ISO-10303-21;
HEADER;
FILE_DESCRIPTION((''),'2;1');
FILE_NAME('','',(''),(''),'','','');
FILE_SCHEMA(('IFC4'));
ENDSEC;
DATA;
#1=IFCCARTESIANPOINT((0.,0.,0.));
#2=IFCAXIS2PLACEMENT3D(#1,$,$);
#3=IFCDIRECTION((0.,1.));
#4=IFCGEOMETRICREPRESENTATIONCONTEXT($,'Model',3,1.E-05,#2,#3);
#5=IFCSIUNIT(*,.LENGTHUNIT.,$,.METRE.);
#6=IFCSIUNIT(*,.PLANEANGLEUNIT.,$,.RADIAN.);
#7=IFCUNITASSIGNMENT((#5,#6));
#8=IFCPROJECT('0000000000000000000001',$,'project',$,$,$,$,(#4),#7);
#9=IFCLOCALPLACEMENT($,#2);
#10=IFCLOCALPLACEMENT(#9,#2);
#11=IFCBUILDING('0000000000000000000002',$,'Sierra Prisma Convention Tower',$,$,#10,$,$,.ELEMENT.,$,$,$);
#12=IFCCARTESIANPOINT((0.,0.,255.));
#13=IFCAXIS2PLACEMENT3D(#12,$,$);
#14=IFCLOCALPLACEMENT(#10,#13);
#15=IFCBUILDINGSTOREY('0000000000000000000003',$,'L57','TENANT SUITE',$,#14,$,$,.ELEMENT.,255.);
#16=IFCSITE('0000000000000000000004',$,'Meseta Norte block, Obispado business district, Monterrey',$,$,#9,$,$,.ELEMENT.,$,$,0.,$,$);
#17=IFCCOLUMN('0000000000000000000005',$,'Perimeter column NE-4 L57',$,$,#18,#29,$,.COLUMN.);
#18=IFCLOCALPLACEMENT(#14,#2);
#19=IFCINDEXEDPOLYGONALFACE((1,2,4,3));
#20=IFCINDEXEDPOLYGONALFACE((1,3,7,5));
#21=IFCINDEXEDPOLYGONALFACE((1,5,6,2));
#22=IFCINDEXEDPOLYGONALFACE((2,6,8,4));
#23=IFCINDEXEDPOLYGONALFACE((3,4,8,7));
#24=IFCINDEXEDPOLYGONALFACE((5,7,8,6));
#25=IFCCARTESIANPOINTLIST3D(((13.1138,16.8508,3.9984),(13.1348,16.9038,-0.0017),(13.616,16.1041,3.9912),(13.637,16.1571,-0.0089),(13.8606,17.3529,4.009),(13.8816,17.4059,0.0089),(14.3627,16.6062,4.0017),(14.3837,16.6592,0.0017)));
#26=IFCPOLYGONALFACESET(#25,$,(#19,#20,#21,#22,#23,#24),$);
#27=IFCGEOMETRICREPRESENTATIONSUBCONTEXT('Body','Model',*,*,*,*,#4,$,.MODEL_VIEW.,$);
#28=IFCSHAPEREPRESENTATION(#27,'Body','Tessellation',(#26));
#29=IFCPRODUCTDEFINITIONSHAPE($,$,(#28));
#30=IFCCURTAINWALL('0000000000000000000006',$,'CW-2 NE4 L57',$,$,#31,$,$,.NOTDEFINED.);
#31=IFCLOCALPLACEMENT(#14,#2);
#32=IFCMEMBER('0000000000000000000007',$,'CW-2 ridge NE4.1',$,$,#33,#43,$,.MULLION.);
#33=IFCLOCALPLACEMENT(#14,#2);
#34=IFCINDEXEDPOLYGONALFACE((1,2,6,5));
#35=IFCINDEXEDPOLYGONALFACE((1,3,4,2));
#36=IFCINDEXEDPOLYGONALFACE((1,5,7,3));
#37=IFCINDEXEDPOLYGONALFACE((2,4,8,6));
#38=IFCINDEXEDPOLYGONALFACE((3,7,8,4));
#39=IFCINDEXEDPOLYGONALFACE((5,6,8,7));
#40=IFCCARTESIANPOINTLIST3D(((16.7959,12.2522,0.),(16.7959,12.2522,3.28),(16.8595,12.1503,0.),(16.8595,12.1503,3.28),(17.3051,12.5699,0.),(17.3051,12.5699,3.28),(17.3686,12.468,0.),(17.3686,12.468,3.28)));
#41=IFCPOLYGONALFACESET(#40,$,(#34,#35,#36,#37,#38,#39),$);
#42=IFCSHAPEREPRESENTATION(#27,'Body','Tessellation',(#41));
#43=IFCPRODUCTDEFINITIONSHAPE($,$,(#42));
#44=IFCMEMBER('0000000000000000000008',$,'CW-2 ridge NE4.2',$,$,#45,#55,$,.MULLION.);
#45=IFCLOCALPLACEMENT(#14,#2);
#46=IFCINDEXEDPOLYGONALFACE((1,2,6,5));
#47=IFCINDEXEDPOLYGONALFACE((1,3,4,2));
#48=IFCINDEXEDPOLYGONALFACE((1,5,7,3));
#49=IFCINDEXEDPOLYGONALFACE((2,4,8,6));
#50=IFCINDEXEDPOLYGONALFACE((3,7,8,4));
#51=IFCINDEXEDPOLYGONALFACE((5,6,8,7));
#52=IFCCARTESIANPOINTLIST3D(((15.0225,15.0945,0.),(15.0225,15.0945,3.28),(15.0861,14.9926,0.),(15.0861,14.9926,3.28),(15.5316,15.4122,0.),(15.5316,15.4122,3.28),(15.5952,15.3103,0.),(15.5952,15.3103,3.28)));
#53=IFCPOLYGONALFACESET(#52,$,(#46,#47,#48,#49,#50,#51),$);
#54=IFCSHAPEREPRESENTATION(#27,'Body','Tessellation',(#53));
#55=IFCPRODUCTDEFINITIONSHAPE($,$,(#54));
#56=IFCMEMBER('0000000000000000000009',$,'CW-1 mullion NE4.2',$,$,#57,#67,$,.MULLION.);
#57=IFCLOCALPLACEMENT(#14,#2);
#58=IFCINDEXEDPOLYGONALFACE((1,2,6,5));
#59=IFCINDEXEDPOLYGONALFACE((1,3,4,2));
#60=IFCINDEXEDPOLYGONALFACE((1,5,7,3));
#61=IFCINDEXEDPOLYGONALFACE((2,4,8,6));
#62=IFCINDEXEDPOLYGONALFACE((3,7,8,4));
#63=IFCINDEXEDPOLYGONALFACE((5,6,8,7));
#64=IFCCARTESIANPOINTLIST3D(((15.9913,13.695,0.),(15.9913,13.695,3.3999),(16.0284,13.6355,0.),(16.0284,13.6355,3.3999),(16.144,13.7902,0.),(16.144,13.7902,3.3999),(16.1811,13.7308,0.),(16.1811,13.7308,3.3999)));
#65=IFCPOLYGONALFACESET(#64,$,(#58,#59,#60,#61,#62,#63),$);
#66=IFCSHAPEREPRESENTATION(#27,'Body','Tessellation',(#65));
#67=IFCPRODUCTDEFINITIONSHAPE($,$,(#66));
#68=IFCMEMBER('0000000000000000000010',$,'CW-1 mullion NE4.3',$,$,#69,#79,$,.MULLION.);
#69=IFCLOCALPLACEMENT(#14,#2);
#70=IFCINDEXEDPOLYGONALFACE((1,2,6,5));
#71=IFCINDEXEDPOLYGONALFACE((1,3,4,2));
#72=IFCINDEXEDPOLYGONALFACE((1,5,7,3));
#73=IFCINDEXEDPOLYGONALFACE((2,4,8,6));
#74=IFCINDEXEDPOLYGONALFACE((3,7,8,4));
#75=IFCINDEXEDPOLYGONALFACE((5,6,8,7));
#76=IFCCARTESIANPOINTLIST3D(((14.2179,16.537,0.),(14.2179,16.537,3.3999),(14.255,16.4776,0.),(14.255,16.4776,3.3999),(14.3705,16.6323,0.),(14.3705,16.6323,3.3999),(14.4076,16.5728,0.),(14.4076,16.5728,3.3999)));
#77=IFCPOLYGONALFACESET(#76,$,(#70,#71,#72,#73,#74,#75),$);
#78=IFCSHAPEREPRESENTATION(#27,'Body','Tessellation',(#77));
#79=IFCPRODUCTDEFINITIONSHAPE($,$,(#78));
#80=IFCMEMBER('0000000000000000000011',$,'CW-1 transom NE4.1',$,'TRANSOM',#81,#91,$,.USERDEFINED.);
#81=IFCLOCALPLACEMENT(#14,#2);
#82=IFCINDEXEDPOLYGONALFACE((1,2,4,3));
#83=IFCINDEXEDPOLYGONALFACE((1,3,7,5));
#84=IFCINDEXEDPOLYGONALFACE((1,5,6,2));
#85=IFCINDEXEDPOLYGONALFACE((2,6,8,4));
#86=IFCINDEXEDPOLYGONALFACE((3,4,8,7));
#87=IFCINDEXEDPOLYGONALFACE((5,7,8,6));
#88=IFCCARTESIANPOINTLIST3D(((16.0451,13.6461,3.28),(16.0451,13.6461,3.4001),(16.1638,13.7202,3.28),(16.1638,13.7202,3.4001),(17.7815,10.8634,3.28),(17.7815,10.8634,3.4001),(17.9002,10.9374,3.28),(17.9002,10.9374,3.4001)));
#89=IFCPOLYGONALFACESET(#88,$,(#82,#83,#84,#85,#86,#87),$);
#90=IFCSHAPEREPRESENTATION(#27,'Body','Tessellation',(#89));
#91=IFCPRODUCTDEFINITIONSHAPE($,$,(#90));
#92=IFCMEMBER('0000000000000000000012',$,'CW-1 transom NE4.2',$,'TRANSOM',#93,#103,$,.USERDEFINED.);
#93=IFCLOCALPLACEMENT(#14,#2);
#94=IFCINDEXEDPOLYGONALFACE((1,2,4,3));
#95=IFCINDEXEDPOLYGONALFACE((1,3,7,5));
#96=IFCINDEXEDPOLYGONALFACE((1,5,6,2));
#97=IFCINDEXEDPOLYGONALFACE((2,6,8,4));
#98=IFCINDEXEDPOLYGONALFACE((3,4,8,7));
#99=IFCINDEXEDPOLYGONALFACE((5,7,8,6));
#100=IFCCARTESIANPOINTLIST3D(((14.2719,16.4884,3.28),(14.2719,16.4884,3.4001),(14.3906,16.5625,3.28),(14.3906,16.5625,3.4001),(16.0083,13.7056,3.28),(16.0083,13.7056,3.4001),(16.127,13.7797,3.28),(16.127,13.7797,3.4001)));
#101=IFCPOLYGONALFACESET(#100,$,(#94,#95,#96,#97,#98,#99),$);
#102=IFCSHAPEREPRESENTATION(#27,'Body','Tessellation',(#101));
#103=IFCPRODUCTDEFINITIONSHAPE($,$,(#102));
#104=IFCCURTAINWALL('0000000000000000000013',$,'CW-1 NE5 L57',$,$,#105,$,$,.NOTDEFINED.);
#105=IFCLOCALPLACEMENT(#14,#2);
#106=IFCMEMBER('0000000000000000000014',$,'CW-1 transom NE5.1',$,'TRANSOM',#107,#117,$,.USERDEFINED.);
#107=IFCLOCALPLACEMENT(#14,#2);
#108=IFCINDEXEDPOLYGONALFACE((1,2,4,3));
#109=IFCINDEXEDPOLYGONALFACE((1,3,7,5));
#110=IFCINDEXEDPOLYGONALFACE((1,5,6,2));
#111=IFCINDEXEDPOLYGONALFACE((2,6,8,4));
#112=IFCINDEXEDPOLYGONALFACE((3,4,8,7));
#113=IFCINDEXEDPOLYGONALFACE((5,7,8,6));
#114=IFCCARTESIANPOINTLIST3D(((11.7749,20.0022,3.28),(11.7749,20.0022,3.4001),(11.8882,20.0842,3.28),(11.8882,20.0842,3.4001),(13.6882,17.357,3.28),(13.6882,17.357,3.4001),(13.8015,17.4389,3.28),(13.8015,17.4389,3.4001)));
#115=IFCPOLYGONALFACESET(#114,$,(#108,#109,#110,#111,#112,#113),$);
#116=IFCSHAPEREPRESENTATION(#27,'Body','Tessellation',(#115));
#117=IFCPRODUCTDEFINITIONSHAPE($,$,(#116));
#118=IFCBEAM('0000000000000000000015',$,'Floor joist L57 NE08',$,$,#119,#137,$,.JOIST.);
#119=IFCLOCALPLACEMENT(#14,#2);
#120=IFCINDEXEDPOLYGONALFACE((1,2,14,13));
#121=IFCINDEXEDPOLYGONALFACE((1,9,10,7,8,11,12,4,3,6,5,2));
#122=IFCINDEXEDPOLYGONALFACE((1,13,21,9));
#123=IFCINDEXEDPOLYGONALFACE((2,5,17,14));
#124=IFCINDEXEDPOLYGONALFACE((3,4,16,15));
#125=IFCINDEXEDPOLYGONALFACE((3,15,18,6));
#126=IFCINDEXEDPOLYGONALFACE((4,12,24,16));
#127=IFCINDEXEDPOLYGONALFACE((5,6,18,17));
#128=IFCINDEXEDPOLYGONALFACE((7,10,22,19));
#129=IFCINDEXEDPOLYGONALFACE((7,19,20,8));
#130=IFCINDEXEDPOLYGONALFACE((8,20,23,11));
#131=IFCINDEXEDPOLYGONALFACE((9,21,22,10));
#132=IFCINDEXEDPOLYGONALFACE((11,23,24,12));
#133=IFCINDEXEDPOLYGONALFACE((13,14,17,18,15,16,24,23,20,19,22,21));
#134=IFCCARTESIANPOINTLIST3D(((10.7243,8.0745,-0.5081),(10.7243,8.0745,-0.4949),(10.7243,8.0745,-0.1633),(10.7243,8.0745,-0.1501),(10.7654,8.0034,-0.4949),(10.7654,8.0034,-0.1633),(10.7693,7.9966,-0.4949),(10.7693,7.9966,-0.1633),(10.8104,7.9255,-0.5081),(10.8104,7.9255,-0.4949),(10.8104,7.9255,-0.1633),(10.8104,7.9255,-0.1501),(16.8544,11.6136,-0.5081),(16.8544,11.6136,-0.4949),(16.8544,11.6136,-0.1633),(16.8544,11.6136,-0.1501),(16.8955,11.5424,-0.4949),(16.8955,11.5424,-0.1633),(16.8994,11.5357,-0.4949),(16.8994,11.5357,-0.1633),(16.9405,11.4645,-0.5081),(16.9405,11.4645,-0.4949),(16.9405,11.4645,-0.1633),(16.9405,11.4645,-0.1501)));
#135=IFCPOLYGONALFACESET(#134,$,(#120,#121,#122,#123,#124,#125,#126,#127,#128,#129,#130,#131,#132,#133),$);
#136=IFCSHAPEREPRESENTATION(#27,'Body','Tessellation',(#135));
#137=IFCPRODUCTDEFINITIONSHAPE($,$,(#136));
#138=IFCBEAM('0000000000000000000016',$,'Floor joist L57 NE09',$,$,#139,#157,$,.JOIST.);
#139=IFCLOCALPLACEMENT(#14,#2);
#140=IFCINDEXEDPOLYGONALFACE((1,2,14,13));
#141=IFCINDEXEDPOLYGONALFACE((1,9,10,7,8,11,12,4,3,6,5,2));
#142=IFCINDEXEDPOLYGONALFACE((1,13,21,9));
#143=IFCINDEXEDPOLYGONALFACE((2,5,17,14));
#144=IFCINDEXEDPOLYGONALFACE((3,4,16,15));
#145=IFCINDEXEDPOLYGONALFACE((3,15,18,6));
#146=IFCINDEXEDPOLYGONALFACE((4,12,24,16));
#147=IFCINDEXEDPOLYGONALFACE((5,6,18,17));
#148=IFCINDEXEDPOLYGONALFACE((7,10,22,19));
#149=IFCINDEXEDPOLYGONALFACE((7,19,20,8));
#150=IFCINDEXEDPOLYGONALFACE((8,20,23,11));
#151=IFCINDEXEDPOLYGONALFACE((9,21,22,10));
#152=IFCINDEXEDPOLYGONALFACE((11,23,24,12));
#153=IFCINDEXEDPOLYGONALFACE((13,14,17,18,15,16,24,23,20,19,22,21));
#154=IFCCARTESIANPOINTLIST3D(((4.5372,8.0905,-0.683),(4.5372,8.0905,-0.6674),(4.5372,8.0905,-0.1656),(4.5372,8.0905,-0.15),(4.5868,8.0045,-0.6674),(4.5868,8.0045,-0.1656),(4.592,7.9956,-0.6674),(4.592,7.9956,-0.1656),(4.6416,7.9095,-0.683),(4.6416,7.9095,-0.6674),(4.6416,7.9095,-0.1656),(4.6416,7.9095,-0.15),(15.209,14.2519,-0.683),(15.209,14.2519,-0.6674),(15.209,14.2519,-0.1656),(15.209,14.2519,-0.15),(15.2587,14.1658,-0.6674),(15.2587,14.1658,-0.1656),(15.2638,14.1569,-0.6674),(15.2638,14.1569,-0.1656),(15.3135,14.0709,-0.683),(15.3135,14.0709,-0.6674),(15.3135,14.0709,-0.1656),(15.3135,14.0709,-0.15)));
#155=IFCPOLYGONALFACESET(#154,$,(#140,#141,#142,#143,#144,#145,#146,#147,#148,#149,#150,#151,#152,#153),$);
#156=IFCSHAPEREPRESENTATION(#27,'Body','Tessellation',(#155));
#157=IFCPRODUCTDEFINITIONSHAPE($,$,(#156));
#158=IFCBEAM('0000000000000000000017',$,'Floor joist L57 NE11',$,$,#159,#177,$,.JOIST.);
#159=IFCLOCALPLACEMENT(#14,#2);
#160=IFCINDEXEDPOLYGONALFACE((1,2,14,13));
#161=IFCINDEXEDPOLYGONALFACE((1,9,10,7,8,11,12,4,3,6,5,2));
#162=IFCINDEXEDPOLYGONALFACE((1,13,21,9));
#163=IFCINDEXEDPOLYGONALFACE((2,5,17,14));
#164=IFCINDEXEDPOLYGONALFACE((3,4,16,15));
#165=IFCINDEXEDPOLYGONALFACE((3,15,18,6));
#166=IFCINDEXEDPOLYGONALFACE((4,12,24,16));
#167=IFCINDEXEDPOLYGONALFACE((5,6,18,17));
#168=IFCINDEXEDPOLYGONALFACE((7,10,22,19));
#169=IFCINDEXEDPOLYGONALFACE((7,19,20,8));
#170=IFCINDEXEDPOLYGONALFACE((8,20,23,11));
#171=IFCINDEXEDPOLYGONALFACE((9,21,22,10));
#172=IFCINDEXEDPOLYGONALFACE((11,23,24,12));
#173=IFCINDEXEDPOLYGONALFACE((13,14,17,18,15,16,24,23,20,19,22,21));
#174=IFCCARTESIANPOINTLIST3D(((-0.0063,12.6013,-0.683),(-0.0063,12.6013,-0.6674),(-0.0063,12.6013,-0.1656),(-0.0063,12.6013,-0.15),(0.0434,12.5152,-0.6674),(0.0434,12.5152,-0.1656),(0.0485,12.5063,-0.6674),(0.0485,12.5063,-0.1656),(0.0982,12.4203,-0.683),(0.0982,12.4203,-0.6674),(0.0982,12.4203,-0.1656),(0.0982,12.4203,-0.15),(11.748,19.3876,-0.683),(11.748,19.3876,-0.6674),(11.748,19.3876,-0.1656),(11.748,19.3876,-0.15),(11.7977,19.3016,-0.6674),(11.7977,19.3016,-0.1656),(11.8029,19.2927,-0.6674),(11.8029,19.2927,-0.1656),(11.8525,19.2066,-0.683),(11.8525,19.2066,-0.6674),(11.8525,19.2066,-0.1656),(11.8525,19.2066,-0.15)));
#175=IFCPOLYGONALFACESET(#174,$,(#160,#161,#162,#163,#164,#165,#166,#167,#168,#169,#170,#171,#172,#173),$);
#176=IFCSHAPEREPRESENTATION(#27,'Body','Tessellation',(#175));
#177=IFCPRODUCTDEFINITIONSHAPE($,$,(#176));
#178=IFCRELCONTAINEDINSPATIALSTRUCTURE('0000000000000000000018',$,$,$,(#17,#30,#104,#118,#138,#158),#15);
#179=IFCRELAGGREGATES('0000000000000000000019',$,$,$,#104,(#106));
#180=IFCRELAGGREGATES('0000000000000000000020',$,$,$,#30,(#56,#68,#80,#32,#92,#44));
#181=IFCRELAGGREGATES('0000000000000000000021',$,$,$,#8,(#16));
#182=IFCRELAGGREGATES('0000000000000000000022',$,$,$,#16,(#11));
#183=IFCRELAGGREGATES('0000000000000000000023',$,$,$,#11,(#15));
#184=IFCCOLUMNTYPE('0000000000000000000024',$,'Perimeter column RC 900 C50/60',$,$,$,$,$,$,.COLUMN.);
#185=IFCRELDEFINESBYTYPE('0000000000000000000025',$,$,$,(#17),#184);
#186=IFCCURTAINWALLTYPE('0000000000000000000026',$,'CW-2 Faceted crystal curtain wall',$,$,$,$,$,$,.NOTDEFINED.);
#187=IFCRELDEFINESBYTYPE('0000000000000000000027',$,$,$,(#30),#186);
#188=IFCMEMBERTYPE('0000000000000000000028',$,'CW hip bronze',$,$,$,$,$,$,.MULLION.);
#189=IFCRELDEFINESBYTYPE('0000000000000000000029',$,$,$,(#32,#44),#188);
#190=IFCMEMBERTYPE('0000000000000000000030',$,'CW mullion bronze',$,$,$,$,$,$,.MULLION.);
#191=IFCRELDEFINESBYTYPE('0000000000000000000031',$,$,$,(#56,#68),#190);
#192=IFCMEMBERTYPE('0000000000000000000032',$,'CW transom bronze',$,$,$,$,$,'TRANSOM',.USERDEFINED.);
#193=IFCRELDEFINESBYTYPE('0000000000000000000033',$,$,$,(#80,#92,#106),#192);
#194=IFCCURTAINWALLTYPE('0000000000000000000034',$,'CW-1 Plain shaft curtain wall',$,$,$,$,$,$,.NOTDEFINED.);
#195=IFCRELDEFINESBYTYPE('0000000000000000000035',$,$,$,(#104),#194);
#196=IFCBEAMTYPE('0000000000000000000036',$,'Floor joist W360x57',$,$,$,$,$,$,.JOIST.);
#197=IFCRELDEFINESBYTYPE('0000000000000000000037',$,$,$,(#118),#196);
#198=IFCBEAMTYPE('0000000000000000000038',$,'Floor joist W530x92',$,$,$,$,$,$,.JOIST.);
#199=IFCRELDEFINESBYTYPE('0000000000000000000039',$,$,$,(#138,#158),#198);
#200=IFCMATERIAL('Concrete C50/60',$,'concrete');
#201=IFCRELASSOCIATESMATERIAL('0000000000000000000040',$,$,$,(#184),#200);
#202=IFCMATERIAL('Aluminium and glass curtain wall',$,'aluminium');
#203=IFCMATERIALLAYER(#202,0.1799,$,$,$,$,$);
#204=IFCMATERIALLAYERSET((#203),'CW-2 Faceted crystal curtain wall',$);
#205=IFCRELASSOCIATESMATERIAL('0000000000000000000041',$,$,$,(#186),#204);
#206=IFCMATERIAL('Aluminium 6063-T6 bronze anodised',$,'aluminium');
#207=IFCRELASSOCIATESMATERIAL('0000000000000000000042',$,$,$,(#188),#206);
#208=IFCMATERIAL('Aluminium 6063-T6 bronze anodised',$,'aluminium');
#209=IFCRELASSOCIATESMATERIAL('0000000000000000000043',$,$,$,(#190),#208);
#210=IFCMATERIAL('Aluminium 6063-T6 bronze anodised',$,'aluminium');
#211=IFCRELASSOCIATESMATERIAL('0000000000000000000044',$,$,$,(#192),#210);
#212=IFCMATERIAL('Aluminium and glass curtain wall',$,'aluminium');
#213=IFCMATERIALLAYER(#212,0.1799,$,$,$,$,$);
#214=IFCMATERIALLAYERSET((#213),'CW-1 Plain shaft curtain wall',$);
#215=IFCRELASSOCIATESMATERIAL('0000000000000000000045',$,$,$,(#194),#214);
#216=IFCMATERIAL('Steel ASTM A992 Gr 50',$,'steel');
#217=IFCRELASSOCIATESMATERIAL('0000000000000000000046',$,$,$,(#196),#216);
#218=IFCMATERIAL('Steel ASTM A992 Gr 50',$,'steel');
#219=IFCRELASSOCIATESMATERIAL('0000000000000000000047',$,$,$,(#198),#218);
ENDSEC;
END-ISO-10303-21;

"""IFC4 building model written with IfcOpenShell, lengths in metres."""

from ifc_helpers import new_model, si_unit, direction, frame, origin, origin_2d, place, context, subcontext, project, spatial, rectangle, i_section, extrude, material, layer, layer_set, material_profile, profile_set, type_object, element, aggregate, save


model = new_model("IFC4")

# Units and contexts
model_context = context("Model", 3, precision=1e-05, world=origin(), true_north=direction((0.0, 1.0)))
body_context = subcontext(model_context, "Body", "Model", "MODEL_VIEW")
ifc_project = project(units=[si_unit("LENGTHUNIT", "METRE"), si_unit("PLANEANGLEUNIT", "RADIAN")], contexts=[model_context])

# Site, building, storey
site_placement = place(None, origin())
site = spatial("IfcSite", under=ifc_project, at=site_placement, Name="Meseta Norte block, Obispado business district, Monterrey", CompositionType="ELEMENT", RefElevation=0.0)
building_placement = place(site_placement, origin())
building = spatial("IfcBuilding", under=site, at=building_placement, Name="Sierra Prisma Convention Tower", CompositionType="ELEMENT")
storey_placement = place(building_placement, frame((0.0, 0.0, 255.0)))
storey = spatial("IfcBuildingStorey", under=building, at=storey_placement, Name="L57", Description="TENANT SUITE", CompositionType="ELEMENT", Elevation=255.0)

# Column
ifc_material_1 = material(Name="Concrete C50/60", Category="concrete")
ifc_material_profile_1 = material_profile(ifc_material_1, rectangle(XDim=0.8999, YDim=0.8999, at=origin_2d()), Name="Perimeter column RC 900 C50/60")
ifc_profile_set_1 = profile_set([ifc_material_profile_1], Name="Concrete C50/60")
column_type = type_object("IfcColumnType", Name="Perimeter column RC 900 C50/60", PredefinedType="COLUMN", material=ifc_profile_set_1)
column_placement = place(storey_placement, frame((13.7593, 16.7815, 0.0), z_axis=(-0.005248, -0.013243, 0.999899), x_axis=(-0.558036, 0.829778, 0.008061)))
element("IfcColumn", 1, at=column_placement, inside=storey, type_object=column_type, Name="Perimeter column NE-4 L57", PredefinedType="COLUMN", context=body_context, shape_type="SweptSolid", body=[
    extrude(rectangle(XDim=0.8999, YDim=0.8999, at=origin_2d()), origin(), (0.0, 0.0, 1.0), 4.0005),
])

# Curtain wall, members
ifc_material_2 = material(Name="Aluminium and glass curtain wall", Category="aluminium")
ifc_layer_1 = layer(ifc_material_2, 0.1799)
ifc_layer_set_1 = layer_set([ifc_layer_1], Name="CW-2 Faceted crystal curtain wall")
curtain_wall_type_1 = type_object("IfcCurtainWallType", Name="CW-2 Faceted crystal curtain wall", PredefinedType="NOTDEFINED", material=ifc_layer_set_1)
curtain_wall_1_placement = place(storey_placement, origin())
curtain_wall_1 = element("IfcCurtainWall", 2, at=curtain_wall_1_placement, inside=storey, type_object=curtain_wall_type_1, Name="CW-2 NE4 L57", PredefinedType="NOTDEFINED")
ifc_material_3 = material(Name="Aluminium 6063-T6 bronze anodised", Category="aluminium")
ifc_material_profile_2 = material_profile(ifc_material_3, rectangle(XDim=0.1201, YDim=0.6001, at=origin_2d()), Name="ALU RIDGE BLADE 120x600")
ifc_profile_set_2 = profile_set([ifc_material_profile_2], Name="Aluminium 6063-T6 bronze anodised")
member_type_1 = type_object("IfcMemberType", Name="CW hip bronze", PredefinedType="MULLION", material=ifc_profile_set_2)
member_1_placement = place(storey_placement, frame((17.0823, 12.3601, 0.0), z_axis=(0.0, 0.0, 1.0), x_axis=(-0.529331, 0.848415, 0.0)))
member_1 = element("IfcMember", 3, at=member_1_placement, type_object=member_type_1, Name="CW-2 ridge NE4.1", PredefinedType="MULLION", context=body_context, shape_type="SweptSolid", body=[
    extrude(rectangle(XDim=0.1201, YDim=0.6001, at=origin_2d()), origin(), (0.0, 0.0, 1.0), 3.28),
])
member_2_placement = place(storey_placement, frame((15.3088, 15.2024, 0.0), z_axis=(0.0, 0.0, 1.0), x_axis=(-0.529331, 0.848415, 0.0)))
member_2 = element("IfcMember", 4, at=member_2_placement, type_object=member_type_1, Name="CW-2 ridge NE4.2", PredefinedType="MULLION", context=body_context, shape_type="SweptSolid", body=[
    extrude(rectangle(XDim=0.1201, YDim=0.6001, at=origin_2d()), origin(), (0.0, 0.0, 1.0), 3.28),
])
ifc_material_4 = material(Name="Aluminium 6063-T6 bronze anodised", Category="aluminium")
ifc_material_profile_3 = material_profile(ifc_material_4, rectangle(XDim=0.1799, YDim=0.0701, at=origin_2d()), Name="ALU MULLION 70x180")
ifc_profile_set_3 = profile_set([ifc_material_profile_3], Name="Aluminium 6063-T6 bronze anodised")
member_type_2 = type_object("IfcMemberType", Name="CW mullion bronze", PredefinedType="MULLION", material=ifc_profile_set_3)
member_3_placement = place(storey_placement, frame((16.0862, 13.7129, 0.0), z_axis=(0.0, 0.0, 1.0), x_axis=(-0.848415, -0.529331, 0.0)))
member_3 = element("IfcMember", 5, at=member_3_placement, type_object=member_type_2, Name="CW-1 mullion NE4.2", PredefinedType="MULLION", context=body_context, shape_type="SweptSolid", body=[
    extrude(rectangle(XDim=0.1799, YDim=0.0701, at=origin_2d()), origin(), (0.0, 0.0, 1.0), 3.3999),
])
member_4_placement = place(storey_placement, frame((14.3127, 16.5549, 0.0), z_axis=(0.0, 0.0, 1.0), x_axis=(-0.848415, -0.529331, 0.0)))
member_4 = element("IfcMember", 6, at=member_4_placement, type_object=member_type_2, Name="CW-1 mullion NE4.3", PredefinedType="MULLION", context=body_context, shape_type="SweptSolid", body=[
    extrude(rectangle(XDim=0.1799, YDim=0.0701, at=origin_2d()), origin(), (0.0, 0.0, 1.0), 3.3999),
])
ifc_material_5 = material(Name="Aluminium 6063-T6 bronze anodised", Category="aluminium")
ifc_material_profile_4 = material_profile(ifc_material_5, rectangle(XDim=0.1399, YDim=0.1201, at=origin_2d()), Name="ALU TRANSOM 120x140")
ifc_profile_set_4 = profile_set([ifc_material_profile_4], Name="Aluminium 6063-T6 bronze anodised")
member_type_3 = type_object("IfcMemberType", Name="CW transom bronze", ElementType="TRANSOM", PredefinedType="USERDEFINED", material=ifc_profile_set_4)
member_5_placement = place(storey_placement, frame((17.8408, 10.9004, 3.3401), z_axis=(-0.52937, 0.848391, 0.0), x_axis=(-0.848391, -0.52937, 0.0)))
member_5 = element("IfcMember", 7, at=member_5_placement, type_object=member_type_3, Name="CW-1 transom NE4.1", ObjectType="TRANSOM", PredefinedType="USERDEFINED", context=body_context, shape_type="SweptSolid", body=[
    extrude(rectangle(XDim=0.1399, YDim=0.1201, at=origin_2d()), origin(), (0.0, 0.0, 1.0), 3.28),
])
member_6_placement = place(storey_placement, frame((16.0676, 13.7427, 3.3401), z_axis=(-0.52937, 0.848391, 0.0), x_axis=(-0.848391, -0.52937, 0.0)))
member_6 = element("IfcMember", 8, at=member_6_placement, type_object=member_type_3, Name="CW-1 transom NE4.2", ObjectType="TRANSOM", PredefinedType="USERDEFINED", context=body_context, shape_type="SweptSolid", body=[
    extrude(rectangle(XDim=0.1399, YDim=0.1201, at=origin_2d()), origin(), (0.0, 0.0, 1.0), 3.28),
])

# Curtain wall, member
ifc_material_6 = material(Name="Aluminium and glass curtain wall", Category="aluminium")
ifc_layer_2 = layer(ifc_material_6, 0.1799)
ifc_layer_set_2 = layer_set([ifc_layer_2], Name="CW-1 Plain shaft curtain wall")
curtain_wall_type_2 = type_object("IfcCurtainWallType", Name="CW-1 Plain shaft curtain wall", PredefinedType="NOTDEFINED", material=ifc_layer_set_2)
curtain_wall_2_placement = place(storey_placement, origin())
curtain_wall_2 = element("IfcCurtainWall", 9, at=curtain_wall_2_placement, inside=storey, type_object=curtain_wall_type_2, Name="CW-1 NE5 L57", PredefinedType="NOTDEFINED")
member_7_placement = place(storey_placement, frame((13.7449, 17.3979, 3.3401), z_axis=(-0.586067, 0.810263, 0.0), x_axis=(-0.810263, -0.586067, 0.0)))
member_7 = element("IfcMember", 10, at=member_7_placement, type_object=member_type_3, Name="CW-1 transom NE5.1", ObjectType="TRANSOM", PredefinedType="USERDEFINED", context=body_context, shape_type="SweptSolid", body=[
    extrude(rectangle(XDim=0.1399, YDim=0.1201, at=origin_2d()), origin(), (0.0, 0.0, 1.0), 3.2646),
])

# Beams
ifc_material_7 = material(Name="Steel ASTM A992 Gr 50", Category="steel")
ifc_material_profile_5 = material_profile(ifc_material_7, i_section(OverallWidth=0.1721, OverallDepth=0.3579, WebThickness=0.0078, FlangeThickness=0.0132, at=origin_2d()), Name="W360x57")
ifc_profile_set_5 = profile_set([ifc_material_profile_5], Name="Steel ASTM A992 Gr 50")
beam_type_1 = type_object("IfcBeamType", Name="Floor joist W360x57", PredefinedType="JOIST", material=ifc_profile_set_5)
beam_1_placement = place(storey_placement, frame((16.8975, 11.5391, -0.3291), z_axis=(-0.866036, -0.499982, 0.0), x_axis=(0.499982, -0.866036, 0.0)))
element("IfcBeam", 11, at=beam_1_placement, inside=storey, type_object=beam_type_1, Name="Floor joist L57 NE08", PredefinedType="JOIST", context=body_context, shape_type="SweptSolid", body=[
    extrude(i_section(OverallWidth=0.1721, OverallDepth=0.3579, WebThickness=0.0078, FlangeThickness=0.0132, at=origin_2d()), origin(), (0.0, 0.0, 1.0), 7.0784),
])
ifc_material_8 = material(Name="Steel ASTM A992 Gr 50", Category="steel")
ifc_material_profile_6 = material_profile(ifc_material_8, i_section(OverallWidth=0.209, OverallDepth=0.533, WebThickness=0.0103, FlangeThickness=0.0156, at=origin_2d()), Name="W530x92")
ifc_profile_set_6 = profile_set([ifc_material_profile_6], Name="Steel ASTM A992 Gr 50")
beam_type_2 = type_object("IfcBeamType", Name="Floor joist W530x92", PredefinedType="JOIST", material=ifc_profile_set_6)
beam_2_placement = place(storey_placement, frame((15.2612, 14.1614, -0.4165), z_axis=(-0.866027, -0.499998, 0.0), x_axis=(0.499998, -0.866027, 0.0)))
element("IfcBeam", 12, at=beam_2_placement, inside=storey, type_object=beam_type_2, Name="Floor joist L57 NE09", PredefinedType="JOIST", context=body_context, shape_type="SweptSolid", body=[
    extrude(i_section(OverallWidth=0.209, OverallDepth=0.533, WebThickness=0.0103, FlangeThickness=0.0156, at=origin_2d()), origin(), (0.0, 0.0, 1.0), 12.3228),
])
beam_3_placement = place(storey_placement, frame((11.8003, 19.2971, -0.4165), z_axis=(-0.866026, -0.499999, 0.0), x_axis=(0.499999, -0.866026, 0.0)))
element("IfcBeam", 13, at=beam_3_placement, inside=storey, type_object=beam_type_2, Name="Floor joist L57 NE11", PredefinedType="JOIST", context=body_context, shape_type="SweptSolid", body=[
    extrude(i_section(OverallWidth=0.209, OverallDepth=0.533, WebThickness=0.0103, FlangeThickness=0.0156, at=origin_2d()), origin(), (0.0, 0.0, 1.0), 13.5728),
])

aggregate(curtain_wall_2, [member_7])
aggregate(curtain_wall_1, [member_3, member_4, member_5, member_1, member_6, member_2])

save(model, "model.ifc")
